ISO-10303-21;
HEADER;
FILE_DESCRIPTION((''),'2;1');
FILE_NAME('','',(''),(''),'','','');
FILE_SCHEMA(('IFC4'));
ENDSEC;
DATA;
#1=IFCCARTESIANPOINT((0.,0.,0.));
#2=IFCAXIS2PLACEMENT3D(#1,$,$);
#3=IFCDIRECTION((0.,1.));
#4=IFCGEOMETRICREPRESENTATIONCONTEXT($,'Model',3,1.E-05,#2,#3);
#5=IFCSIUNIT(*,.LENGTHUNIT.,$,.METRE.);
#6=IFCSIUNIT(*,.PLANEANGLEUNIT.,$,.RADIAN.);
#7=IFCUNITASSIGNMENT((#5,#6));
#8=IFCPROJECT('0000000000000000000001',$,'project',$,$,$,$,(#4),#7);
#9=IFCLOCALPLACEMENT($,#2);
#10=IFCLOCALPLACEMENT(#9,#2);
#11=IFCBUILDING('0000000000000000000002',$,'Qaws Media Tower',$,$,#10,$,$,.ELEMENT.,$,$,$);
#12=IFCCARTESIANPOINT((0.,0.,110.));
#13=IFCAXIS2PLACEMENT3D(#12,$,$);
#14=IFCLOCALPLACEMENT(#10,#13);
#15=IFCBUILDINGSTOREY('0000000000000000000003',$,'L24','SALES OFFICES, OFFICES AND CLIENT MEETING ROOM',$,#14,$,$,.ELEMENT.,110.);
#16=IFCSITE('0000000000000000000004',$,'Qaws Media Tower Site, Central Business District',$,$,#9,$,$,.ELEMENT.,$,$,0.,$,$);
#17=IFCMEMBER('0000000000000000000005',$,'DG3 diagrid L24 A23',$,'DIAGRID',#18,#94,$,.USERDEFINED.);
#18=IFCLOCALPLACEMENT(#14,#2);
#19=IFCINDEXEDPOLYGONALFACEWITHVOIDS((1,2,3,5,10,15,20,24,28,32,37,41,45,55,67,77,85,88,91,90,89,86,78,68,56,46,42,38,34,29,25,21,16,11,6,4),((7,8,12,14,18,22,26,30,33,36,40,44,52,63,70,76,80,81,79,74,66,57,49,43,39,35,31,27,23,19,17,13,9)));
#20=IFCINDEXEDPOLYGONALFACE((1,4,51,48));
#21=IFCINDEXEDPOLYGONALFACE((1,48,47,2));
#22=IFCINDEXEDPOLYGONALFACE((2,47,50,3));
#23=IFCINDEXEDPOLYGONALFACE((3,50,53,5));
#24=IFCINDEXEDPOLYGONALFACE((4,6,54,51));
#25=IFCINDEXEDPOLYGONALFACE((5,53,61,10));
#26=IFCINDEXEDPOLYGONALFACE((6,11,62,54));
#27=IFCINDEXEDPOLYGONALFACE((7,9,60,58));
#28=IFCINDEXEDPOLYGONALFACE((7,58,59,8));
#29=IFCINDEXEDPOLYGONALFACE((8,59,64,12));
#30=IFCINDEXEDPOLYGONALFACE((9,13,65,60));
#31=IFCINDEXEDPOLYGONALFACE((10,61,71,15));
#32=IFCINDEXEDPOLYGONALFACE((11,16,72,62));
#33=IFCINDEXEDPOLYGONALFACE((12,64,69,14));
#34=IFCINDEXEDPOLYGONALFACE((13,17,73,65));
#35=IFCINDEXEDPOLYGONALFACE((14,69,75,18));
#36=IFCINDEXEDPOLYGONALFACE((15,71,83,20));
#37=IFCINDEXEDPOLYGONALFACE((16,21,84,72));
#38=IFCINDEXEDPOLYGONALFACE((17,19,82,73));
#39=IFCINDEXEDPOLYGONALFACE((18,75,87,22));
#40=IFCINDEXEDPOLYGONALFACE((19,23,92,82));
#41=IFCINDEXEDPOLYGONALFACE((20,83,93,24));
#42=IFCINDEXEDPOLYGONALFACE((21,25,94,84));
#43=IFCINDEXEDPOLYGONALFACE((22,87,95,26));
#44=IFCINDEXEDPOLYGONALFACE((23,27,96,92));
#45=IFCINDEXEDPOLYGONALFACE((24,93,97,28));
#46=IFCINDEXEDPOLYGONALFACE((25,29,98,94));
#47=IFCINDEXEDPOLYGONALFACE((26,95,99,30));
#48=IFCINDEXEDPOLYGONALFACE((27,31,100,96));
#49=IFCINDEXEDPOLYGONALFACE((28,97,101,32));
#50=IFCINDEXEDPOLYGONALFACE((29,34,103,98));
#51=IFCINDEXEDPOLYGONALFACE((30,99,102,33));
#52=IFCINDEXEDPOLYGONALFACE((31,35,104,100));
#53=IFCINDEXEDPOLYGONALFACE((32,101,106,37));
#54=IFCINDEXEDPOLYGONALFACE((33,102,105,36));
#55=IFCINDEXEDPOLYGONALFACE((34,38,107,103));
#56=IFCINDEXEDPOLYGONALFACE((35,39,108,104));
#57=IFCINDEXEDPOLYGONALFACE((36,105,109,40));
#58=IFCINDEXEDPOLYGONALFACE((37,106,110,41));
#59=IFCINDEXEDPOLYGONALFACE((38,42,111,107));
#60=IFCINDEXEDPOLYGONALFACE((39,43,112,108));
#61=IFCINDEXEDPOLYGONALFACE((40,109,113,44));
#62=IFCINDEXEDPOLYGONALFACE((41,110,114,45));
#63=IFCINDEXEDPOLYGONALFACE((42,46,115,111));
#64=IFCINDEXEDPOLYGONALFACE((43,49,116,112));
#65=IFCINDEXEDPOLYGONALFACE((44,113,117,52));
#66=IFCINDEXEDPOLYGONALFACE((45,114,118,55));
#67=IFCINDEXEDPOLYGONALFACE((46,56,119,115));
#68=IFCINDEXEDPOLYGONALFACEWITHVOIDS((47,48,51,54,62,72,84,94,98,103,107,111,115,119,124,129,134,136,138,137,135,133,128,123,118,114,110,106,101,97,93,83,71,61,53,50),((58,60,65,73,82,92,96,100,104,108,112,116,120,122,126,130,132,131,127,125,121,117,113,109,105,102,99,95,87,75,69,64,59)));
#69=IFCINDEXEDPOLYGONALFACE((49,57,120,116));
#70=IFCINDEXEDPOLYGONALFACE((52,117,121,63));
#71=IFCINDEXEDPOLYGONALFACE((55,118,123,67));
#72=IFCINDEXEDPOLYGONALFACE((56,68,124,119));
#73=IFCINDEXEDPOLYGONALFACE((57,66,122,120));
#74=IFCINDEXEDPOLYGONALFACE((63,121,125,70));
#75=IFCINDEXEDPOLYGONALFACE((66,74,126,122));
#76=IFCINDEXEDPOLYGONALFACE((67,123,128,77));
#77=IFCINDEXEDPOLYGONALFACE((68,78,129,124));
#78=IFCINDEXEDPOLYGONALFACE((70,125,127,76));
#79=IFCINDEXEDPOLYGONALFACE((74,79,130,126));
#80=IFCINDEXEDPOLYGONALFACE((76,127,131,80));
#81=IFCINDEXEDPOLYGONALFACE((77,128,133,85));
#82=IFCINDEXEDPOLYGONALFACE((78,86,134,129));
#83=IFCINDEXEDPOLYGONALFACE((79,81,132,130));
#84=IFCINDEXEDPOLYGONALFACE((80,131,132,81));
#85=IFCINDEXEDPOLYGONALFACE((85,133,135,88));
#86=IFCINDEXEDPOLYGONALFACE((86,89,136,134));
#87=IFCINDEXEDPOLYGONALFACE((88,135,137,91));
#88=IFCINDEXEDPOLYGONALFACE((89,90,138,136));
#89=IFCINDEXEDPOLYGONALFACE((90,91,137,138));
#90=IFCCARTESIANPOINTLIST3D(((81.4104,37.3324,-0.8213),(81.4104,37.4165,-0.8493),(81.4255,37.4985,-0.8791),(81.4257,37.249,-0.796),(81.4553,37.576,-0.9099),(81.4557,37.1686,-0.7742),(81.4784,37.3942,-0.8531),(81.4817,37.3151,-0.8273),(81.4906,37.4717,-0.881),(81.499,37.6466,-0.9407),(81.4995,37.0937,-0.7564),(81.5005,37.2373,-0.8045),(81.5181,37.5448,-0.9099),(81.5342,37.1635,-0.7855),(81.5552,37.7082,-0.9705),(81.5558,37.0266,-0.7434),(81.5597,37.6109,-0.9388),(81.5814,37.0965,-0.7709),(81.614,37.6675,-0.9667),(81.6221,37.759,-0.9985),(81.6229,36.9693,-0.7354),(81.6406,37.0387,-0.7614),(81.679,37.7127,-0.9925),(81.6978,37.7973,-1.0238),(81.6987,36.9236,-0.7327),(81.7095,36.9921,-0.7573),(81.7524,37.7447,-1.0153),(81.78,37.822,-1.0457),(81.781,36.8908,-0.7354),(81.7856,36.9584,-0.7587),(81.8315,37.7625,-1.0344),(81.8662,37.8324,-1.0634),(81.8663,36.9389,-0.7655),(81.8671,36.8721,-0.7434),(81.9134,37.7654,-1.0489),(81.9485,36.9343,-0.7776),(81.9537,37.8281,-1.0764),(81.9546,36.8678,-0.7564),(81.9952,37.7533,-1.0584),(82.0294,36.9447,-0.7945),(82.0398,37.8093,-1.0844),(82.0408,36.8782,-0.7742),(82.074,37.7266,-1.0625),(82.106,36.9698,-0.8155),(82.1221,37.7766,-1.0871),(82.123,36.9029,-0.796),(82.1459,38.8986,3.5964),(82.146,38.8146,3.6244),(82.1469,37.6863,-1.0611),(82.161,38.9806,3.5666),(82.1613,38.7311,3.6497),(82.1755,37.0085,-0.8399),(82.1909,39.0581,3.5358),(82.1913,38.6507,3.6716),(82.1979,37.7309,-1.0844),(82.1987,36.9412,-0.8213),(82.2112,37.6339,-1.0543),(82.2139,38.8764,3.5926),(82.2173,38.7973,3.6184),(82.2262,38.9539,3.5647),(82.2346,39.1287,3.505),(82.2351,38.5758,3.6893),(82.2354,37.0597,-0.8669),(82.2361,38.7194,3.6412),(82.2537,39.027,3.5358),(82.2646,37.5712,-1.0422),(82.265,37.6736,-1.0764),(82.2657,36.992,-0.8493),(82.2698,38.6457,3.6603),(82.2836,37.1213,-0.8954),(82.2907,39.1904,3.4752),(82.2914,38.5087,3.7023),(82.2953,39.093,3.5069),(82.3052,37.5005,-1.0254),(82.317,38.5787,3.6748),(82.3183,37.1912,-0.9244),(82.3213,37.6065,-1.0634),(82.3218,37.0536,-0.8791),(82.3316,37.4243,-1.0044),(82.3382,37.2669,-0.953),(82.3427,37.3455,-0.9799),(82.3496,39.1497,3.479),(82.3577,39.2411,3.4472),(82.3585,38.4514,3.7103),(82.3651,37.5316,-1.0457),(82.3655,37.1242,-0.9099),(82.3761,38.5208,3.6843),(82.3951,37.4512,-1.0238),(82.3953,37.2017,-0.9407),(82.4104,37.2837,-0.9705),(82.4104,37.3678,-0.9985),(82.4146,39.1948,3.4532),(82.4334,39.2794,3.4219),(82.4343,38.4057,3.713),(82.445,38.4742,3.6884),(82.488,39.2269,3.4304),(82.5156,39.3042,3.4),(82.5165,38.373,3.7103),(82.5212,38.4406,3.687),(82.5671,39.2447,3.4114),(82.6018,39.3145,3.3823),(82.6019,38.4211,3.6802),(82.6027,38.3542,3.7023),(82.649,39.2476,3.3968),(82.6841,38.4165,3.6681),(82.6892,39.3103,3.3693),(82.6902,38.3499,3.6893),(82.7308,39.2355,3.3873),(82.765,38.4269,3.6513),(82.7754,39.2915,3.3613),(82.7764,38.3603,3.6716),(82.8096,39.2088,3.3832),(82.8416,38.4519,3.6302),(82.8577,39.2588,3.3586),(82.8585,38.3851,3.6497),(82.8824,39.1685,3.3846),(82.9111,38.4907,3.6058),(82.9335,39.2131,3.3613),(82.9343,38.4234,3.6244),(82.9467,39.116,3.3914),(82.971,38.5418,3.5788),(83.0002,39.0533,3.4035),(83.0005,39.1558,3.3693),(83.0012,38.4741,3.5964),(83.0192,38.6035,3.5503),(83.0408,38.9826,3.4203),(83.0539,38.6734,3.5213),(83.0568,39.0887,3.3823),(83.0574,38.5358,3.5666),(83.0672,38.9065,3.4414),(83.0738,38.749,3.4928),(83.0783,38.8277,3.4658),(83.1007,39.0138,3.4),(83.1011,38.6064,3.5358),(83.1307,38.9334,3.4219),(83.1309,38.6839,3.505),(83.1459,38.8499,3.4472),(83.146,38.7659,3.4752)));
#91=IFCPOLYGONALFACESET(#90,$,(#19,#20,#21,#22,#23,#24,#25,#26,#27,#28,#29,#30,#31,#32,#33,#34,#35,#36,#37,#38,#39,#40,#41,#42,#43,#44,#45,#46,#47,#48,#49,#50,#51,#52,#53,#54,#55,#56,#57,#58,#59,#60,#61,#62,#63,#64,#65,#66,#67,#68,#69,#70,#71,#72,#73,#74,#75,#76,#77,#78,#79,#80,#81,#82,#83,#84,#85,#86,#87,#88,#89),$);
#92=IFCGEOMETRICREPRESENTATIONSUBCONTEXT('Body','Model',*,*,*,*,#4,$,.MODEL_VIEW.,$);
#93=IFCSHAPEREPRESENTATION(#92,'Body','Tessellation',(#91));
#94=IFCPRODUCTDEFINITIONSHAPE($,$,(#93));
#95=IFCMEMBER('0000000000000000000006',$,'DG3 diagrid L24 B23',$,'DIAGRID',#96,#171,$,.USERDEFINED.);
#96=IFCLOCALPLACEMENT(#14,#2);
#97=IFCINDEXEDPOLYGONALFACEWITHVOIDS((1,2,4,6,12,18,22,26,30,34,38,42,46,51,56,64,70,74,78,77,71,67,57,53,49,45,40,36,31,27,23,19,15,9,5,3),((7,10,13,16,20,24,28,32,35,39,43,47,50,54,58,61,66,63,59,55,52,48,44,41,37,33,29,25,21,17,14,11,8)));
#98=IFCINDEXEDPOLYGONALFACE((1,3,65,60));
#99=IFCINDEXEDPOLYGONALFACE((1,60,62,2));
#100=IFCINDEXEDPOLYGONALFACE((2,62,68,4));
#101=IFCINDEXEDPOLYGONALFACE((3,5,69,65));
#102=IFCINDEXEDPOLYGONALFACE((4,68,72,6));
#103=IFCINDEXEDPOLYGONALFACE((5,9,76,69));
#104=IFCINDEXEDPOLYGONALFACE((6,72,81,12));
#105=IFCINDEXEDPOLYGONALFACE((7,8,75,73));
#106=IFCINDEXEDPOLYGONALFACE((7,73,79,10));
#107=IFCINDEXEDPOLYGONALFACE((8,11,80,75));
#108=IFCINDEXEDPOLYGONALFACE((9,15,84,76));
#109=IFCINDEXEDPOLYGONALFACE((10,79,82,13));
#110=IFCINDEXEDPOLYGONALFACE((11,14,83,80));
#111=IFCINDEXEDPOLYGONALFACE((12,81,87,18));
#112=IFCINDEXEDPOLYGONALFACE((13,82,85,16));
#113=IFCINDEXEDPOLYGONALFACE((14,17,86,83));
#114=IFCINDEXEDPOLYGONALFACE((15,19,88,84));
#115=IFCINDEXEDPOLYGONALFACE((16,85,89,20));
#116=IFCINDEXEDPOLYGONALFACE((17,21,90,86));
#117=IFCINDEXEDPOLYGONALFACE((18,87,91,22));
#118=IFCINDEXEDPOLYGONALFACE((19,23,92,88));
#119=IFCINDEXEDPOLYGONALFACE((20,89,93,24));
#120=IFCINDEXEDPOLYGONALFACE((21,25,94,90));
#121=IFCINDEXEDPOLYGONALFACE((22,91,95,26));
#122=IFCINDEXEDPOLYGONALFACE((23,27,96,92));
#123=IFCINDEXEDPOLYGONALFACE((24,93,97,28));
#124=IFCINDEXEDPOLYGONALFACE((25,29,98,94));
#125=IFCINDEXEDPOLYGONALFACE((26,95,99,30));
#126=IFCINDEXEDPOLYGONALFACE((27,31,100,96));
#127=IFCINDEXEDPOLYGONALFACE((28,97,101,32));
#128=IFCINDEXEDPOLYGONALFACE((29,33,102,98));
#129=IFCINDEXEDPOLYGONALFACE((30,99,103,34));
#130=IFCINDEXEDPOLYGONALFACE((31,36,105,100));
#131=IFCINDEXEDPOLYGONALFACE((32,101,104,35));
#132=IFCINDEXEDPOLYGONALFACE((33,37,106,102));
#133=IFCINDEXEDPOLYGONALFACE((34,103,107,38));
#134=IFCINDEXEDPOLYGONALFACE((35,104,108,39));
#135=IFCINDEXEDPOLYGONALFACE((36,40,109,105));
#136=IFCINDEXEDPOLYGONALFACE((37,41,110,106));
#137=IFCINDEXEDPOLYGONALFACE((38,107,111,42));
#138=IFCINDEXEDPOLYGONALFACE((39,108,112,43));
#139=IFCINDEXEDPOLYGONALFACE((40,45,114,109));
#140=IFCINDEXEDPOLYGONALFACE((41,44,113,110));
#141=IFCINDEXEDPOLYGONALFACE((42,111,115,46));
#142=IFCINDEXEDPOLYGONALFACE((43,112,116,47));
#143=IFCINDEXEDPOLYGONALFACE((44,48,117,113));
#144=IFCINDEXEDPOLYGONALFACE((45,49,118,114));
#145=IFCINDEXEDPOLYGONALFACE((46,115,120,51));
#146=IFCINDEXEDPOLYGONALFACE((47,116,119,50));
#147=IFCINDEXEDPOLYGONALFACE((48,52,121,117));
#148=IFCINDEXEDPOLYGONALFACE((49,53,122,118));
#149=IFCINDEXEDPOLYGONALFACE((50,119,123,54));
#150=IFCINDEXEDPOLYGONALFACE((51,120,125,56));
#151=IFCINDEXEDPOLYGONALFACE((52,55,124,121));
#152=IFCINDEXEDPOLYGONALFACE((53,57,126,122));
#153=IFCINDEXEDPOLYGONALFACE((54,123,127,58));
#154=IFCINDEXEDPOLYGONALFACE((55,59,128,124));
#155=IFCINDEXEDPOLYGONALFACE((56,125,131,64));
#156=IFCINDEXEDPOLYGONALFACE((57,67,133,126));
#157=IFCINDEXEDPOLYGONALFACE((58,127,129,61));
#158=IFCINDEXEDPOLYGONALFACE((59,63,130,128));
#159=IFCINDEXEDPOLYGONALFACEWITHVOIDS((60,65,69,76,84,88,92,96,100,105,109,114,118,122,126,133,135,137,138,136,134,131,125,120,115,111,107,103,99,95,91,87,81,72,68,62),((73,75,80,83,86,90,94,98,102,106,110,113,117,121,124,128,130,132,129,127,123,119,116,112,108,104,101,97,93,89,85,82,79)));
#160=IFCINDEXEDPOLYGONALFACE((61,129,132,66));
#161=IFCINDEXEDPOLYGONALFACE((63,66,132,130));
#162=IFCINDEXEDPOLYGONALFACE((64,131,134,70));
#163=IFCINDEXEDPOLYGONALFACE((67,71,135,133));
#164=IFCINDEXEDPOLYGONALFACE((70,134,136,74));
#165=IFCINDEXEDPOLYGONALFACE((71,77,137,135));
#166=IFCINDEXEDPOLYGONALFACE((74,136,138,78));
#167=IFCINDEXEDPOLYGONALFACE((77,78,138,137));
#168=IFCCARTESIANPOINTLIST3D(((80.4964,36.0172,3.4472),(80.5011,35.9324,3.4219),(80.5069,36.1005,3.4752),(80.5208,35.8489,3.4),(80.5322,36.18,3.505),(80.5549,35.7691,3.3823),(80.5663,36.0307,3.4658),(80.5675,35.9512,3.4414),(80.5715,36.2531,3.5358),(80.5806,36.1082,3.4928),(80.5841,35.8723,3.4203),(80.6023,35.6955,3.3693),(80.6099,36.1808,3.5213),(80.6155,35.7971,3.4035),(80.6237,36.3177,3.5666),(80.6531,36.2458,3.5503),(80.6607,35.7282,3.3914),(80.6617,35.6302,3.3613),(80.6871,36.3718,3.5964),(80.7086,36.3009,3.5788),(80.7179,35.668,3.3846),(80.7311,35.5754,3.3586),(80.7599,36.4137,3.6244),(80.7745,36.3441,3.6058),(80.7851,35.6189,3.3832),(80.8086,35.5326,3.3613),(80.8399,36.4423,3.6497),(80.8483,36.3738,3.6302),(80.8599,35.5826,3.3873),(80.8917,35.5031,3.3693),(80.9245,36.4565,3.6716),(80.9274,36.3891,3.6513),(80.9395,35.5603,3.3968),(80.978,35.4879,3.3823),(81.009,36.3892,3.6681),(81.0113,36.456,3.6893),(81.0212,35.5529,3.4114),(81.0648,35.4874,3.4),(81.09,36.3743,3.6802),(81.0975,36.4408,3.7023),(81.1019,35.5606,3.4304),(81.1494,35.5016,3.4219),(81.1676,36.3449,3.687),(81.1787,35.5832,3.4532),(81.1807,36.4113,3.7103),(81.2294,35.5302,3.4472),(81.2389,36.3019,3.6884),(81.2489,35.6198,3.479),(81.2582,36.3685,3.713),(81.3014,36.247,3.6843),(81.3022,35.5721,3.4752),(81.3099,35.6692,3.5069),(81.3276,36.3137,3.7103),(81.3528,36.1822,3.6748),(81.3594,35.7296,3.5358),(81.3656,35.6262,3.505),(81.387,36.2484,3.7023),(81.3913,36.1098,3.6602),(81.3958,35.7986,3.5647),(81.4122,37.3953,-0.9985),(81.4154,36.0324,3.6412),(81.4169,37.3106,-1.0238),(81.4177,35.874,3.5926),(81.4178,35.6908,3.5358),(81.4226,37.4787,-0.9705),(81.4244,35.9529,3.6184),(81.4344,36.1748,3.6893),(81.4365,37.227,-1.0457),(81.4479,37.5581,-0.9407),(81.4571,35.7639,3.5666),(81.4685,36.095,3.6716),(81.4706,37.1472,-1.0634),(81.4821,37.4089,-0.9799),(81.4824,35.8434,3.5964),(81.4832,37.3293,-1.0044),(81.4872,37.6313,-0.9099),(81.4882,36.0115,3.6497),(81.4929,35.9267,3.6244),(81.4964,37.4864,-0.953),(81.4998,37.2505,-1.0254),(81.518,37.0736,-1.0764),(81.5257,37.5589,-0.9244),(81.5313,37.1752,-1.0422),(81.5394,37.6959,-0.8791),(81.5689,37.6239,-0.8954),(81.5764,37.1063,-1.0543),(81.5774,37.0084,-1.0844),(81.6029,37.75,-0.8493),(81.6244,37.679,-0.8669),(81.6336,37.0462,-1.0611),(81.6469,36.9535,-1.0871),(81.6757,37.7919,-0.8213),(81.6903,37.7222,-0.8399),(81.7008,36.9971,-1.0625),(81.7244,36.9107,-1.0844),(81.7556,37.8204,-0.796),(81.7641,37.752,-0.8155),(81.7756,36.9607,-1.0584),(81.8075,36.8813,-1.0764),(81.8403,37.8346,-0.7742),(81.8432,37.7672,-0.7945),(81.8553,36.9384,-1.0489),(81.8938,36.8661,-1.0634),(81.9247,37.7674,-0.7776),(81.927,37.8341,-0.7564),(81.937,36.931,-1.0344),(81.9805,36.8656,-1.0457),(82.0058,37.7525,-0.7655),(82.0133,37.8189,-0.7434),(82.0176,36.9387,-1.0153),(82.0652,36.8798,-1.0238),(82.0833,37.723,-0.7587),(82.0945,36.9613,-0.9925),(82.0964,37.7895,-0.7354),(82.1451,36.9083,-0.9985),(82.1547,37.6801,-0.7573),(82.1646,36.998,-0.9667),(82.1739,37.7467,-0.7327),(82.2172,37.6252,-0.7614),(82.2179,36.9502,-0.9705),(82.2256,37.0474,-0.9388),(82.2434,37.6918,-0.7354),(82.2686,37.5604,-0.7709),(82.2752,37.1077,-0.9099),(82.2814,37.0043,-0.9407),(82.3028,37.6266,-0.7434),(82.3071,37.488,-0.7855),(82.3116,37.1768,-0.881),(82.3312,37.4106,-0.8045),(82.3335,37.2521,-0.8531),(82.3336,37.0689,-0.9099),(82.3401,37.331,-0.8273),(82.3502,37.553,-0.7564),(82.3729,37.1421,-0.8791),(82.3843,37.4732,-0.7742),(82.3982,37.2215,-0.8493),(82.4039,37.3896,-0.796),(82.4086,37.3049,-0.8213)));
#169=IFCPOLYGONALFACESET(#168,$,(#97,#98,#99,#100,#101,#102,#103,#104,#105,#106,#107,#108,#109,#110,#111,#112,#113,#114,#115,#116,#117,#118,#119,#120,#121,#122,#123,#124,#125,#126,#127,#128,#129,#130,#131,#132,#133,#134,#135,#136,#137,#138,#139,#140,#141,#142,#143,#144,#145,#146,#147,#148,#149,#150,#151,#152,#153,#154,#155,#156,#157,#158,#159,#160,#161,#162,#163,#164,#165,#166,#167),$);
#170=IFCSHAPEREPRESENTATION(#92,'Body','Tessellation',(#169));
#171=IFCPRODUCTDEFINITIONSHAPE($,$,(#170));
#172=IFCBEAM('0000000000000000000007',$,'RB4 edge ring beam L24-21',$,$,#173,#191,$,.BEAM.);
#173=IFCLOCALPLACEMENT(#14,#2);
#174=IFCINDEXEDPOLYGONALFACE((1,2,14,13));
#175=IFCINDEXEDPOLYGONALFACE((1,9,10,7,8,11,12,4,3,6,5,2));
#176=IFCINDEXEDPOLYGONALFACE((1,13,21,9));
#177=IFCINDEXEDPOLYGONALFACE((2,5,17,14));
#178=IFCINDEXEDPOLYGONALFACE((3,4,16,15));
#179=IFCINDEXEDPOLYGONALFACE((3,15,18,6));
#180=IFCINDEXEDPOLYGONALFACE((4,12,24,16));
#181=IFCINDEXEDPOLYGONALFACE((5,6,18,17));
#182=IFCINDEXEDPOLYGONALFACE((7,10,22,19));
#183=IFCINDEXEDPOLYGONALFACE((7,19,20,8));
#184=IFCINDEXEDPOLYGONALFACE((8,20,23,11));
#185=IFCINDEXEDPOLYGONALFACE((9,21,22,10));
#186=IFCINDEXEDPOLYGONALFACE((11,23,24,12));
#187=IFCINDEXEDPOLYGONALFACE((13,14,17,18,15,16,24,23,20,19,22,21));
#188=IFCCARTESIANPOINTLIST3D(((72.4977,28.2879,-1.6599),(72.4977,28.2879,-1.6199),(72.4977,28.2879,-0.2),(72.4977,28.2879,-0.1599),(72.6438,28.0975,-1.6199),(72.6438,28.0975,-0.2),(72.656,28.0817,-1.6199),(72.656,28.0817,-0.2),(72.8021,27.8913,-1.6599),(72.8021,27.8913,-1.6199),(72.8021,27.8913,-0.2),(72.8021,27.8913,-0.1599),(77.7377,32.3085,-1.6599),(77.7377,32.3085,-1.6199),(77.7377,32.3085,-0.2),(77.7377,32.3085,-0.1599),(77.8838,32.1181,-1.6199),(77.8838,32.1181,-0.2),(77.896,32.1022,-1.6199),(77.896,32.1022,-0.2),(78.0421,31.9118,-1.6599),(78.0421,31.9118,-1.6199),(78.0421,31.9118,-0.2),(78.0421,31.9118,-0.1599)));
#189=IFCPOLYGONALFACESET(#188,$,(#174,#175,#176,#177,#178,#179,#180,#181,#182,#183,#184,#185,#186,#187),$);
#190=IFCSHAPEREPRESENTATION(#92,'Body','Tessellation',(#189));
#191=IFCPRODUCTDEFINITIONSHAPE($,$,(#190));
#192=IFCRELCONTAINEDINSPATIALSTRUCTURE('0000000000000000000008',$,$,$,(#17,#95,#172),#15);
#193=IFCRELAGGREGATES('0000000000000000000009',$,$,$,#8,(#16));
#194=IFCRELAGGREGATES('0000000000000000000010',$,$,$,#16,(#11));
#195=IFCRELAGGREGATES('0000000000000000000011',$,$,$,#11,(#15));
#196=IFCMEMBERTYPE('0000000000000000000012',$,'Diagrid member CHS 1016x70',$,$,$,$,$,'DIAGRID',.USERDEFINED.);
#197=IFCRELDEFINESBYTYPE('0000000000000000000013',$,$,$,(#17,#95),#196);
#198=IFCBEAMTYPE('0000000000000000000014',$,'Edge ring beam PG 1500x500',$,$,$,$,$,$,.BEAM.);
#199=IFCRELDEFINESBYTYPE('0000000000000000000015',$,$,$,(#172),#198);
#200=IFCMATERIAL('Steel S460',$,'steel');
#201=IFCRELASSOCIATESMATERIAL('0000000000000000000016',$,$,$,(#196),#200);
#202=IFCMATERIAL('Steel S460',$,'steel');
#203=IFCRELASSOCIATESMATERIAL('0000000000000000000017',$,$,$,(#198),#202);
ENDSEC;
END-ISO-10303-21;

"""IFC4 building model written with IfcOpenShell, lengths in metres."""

from ifc_helpers import new_model, si_unit, direction, frame, origin, origin_2d, place, context, subcontext, project, spatial, hollow_circle, i_section, extrude, material, material_profile, profile_set, type_object, element, save


model = new_model("IFC4")

# Units and contexts
model_context = context("Model", 3, precision=1e-05, world=origin(), true_north=direction((0.0, 1.0)))
body_context = subcontext(model_context, "Body", "Model", "MODEL_VIEW")
ifc_project = project(units=[si_unit("LENGTHUNIT", "METRE"), si_unit("PLANEANGLEUNIT", "RADIAN")], contexts=[model_context])

# Site, building, storey
site_placement = place(None, origin())
site = spatial("IfcSite", under=ifc_project, at=site_placement, Name="Qaws Media Tower Site, Central Business District", CompositionType="ELEMENT", RefElevation=0.0)
building_placement = place(site_placement, origin())
building = spatial("IfcBuilding", under=site, at=building_placement, Name="Qaws Media Tower", CompositionType="ELEMENT")
storey_placement = place(building_placement, frame((0.0, 0.0, 110.0)))
storey = spatial("IfcBuildingStorey", under=building, at=storey_placement, Name="L24", Description="SALES OFFICES, OFFICES AND CLIENT MEETING ROOM", CompositionType="ELEMENT", Elevation=110.0)

# Members
ifc_material_1 = material(Name="Steel S460", Category="steel")
ifc_material_profile_1 = material_profile(ifc_material_1, hollow_circle(Radius=0.5081, WallThickness=0.0701, at=origin_2d()), Name="CHS 1016x70")
ifc_profile_set_1 = profile_set([ifc_material_profile_1], Name="Steel S460")
member_type_1 = type_object("IfcMemberType", Name="Diagrid member CHS 1016x70", ElementType="DIAGRID", PredefinedType="USERDEFINED", material=ifc_profile_set_1)
for number, where, z_axis, x_axis, name in (
    (1, (81.9104, 37.3501, -0.9099), (0.155067, 0.312449, 0.937193), (-0.895751, 0.444556, 0.0), "DG3 diagrid L24 A23"),
    (2, (81.9104, 37.3501, -0.9099), (-0.193048, -0.290524, 0.937192), (0.832889, -0.55344, 0.0), "DG3 diagrid L24 B23"),
):
    element("IfcMember", number, at=place(storey_placement, frame(where, z_axis=z_axis, x_axis=x_axis)), inside=storey, type_object=member_type_1, Name=name, ObjectType="DIAGRID", PredefinedType="USERDEFINED", context=body_context, shape_type="SweptSolid", body=[
        extrude(hollow_circle(Radius=0.5081, WallThickness=0.0701, at=origin_2d()), origin(), (0.0, 0.0, 1.0), 4.7437),
    ])

# Beam
ifc_material_2 = material(Name="Steel S460", Category="steel")
ifc_material_profile_2 = material_profile(ifc_material_2, i_section(OverallWidth=0.5, OverallDepth=1.5, WebThickness=0.02, FlangeThickness=0.04, at=origin_2d()), Name="PG 1500x500")
ifc_profile_set_2 = profile_set([ifc_material_profile_2], Name="Steel S460")
beam_type = type_object("IfcBeamType", Name="Edge ring beam PG 1500x500", PredefinedType="BEAM", material=ifc_profile_set_2)
for number, where, z_axis, x_axis, name in (
    (3, (72.6499, 28.0896, -0.9099), (0.793374, 0.608735, 0.0), (-0.608735, 0.793374, 0.0), "RB4 edge ring beam L24-21"),
):
    element("IfcBeam", number, at=place(storey_placement, frame(where, z_axis=z_axis, x_axis=x_axis)), inside=storey, type_object=beam_type, Name=name, PredefinedType="BEAM", context=body_context, shape_type="SweptSolid", body=[
        extrude(i_section(OverallWidth=0.5, OverallDepth=1.5, WebThickness=0.02, FlangeThickness=0.04, at=origin_2d()), origin(), (0.0, 0.0, 1.0), 6.6047),
    ])

save(model, "model.ifc")
